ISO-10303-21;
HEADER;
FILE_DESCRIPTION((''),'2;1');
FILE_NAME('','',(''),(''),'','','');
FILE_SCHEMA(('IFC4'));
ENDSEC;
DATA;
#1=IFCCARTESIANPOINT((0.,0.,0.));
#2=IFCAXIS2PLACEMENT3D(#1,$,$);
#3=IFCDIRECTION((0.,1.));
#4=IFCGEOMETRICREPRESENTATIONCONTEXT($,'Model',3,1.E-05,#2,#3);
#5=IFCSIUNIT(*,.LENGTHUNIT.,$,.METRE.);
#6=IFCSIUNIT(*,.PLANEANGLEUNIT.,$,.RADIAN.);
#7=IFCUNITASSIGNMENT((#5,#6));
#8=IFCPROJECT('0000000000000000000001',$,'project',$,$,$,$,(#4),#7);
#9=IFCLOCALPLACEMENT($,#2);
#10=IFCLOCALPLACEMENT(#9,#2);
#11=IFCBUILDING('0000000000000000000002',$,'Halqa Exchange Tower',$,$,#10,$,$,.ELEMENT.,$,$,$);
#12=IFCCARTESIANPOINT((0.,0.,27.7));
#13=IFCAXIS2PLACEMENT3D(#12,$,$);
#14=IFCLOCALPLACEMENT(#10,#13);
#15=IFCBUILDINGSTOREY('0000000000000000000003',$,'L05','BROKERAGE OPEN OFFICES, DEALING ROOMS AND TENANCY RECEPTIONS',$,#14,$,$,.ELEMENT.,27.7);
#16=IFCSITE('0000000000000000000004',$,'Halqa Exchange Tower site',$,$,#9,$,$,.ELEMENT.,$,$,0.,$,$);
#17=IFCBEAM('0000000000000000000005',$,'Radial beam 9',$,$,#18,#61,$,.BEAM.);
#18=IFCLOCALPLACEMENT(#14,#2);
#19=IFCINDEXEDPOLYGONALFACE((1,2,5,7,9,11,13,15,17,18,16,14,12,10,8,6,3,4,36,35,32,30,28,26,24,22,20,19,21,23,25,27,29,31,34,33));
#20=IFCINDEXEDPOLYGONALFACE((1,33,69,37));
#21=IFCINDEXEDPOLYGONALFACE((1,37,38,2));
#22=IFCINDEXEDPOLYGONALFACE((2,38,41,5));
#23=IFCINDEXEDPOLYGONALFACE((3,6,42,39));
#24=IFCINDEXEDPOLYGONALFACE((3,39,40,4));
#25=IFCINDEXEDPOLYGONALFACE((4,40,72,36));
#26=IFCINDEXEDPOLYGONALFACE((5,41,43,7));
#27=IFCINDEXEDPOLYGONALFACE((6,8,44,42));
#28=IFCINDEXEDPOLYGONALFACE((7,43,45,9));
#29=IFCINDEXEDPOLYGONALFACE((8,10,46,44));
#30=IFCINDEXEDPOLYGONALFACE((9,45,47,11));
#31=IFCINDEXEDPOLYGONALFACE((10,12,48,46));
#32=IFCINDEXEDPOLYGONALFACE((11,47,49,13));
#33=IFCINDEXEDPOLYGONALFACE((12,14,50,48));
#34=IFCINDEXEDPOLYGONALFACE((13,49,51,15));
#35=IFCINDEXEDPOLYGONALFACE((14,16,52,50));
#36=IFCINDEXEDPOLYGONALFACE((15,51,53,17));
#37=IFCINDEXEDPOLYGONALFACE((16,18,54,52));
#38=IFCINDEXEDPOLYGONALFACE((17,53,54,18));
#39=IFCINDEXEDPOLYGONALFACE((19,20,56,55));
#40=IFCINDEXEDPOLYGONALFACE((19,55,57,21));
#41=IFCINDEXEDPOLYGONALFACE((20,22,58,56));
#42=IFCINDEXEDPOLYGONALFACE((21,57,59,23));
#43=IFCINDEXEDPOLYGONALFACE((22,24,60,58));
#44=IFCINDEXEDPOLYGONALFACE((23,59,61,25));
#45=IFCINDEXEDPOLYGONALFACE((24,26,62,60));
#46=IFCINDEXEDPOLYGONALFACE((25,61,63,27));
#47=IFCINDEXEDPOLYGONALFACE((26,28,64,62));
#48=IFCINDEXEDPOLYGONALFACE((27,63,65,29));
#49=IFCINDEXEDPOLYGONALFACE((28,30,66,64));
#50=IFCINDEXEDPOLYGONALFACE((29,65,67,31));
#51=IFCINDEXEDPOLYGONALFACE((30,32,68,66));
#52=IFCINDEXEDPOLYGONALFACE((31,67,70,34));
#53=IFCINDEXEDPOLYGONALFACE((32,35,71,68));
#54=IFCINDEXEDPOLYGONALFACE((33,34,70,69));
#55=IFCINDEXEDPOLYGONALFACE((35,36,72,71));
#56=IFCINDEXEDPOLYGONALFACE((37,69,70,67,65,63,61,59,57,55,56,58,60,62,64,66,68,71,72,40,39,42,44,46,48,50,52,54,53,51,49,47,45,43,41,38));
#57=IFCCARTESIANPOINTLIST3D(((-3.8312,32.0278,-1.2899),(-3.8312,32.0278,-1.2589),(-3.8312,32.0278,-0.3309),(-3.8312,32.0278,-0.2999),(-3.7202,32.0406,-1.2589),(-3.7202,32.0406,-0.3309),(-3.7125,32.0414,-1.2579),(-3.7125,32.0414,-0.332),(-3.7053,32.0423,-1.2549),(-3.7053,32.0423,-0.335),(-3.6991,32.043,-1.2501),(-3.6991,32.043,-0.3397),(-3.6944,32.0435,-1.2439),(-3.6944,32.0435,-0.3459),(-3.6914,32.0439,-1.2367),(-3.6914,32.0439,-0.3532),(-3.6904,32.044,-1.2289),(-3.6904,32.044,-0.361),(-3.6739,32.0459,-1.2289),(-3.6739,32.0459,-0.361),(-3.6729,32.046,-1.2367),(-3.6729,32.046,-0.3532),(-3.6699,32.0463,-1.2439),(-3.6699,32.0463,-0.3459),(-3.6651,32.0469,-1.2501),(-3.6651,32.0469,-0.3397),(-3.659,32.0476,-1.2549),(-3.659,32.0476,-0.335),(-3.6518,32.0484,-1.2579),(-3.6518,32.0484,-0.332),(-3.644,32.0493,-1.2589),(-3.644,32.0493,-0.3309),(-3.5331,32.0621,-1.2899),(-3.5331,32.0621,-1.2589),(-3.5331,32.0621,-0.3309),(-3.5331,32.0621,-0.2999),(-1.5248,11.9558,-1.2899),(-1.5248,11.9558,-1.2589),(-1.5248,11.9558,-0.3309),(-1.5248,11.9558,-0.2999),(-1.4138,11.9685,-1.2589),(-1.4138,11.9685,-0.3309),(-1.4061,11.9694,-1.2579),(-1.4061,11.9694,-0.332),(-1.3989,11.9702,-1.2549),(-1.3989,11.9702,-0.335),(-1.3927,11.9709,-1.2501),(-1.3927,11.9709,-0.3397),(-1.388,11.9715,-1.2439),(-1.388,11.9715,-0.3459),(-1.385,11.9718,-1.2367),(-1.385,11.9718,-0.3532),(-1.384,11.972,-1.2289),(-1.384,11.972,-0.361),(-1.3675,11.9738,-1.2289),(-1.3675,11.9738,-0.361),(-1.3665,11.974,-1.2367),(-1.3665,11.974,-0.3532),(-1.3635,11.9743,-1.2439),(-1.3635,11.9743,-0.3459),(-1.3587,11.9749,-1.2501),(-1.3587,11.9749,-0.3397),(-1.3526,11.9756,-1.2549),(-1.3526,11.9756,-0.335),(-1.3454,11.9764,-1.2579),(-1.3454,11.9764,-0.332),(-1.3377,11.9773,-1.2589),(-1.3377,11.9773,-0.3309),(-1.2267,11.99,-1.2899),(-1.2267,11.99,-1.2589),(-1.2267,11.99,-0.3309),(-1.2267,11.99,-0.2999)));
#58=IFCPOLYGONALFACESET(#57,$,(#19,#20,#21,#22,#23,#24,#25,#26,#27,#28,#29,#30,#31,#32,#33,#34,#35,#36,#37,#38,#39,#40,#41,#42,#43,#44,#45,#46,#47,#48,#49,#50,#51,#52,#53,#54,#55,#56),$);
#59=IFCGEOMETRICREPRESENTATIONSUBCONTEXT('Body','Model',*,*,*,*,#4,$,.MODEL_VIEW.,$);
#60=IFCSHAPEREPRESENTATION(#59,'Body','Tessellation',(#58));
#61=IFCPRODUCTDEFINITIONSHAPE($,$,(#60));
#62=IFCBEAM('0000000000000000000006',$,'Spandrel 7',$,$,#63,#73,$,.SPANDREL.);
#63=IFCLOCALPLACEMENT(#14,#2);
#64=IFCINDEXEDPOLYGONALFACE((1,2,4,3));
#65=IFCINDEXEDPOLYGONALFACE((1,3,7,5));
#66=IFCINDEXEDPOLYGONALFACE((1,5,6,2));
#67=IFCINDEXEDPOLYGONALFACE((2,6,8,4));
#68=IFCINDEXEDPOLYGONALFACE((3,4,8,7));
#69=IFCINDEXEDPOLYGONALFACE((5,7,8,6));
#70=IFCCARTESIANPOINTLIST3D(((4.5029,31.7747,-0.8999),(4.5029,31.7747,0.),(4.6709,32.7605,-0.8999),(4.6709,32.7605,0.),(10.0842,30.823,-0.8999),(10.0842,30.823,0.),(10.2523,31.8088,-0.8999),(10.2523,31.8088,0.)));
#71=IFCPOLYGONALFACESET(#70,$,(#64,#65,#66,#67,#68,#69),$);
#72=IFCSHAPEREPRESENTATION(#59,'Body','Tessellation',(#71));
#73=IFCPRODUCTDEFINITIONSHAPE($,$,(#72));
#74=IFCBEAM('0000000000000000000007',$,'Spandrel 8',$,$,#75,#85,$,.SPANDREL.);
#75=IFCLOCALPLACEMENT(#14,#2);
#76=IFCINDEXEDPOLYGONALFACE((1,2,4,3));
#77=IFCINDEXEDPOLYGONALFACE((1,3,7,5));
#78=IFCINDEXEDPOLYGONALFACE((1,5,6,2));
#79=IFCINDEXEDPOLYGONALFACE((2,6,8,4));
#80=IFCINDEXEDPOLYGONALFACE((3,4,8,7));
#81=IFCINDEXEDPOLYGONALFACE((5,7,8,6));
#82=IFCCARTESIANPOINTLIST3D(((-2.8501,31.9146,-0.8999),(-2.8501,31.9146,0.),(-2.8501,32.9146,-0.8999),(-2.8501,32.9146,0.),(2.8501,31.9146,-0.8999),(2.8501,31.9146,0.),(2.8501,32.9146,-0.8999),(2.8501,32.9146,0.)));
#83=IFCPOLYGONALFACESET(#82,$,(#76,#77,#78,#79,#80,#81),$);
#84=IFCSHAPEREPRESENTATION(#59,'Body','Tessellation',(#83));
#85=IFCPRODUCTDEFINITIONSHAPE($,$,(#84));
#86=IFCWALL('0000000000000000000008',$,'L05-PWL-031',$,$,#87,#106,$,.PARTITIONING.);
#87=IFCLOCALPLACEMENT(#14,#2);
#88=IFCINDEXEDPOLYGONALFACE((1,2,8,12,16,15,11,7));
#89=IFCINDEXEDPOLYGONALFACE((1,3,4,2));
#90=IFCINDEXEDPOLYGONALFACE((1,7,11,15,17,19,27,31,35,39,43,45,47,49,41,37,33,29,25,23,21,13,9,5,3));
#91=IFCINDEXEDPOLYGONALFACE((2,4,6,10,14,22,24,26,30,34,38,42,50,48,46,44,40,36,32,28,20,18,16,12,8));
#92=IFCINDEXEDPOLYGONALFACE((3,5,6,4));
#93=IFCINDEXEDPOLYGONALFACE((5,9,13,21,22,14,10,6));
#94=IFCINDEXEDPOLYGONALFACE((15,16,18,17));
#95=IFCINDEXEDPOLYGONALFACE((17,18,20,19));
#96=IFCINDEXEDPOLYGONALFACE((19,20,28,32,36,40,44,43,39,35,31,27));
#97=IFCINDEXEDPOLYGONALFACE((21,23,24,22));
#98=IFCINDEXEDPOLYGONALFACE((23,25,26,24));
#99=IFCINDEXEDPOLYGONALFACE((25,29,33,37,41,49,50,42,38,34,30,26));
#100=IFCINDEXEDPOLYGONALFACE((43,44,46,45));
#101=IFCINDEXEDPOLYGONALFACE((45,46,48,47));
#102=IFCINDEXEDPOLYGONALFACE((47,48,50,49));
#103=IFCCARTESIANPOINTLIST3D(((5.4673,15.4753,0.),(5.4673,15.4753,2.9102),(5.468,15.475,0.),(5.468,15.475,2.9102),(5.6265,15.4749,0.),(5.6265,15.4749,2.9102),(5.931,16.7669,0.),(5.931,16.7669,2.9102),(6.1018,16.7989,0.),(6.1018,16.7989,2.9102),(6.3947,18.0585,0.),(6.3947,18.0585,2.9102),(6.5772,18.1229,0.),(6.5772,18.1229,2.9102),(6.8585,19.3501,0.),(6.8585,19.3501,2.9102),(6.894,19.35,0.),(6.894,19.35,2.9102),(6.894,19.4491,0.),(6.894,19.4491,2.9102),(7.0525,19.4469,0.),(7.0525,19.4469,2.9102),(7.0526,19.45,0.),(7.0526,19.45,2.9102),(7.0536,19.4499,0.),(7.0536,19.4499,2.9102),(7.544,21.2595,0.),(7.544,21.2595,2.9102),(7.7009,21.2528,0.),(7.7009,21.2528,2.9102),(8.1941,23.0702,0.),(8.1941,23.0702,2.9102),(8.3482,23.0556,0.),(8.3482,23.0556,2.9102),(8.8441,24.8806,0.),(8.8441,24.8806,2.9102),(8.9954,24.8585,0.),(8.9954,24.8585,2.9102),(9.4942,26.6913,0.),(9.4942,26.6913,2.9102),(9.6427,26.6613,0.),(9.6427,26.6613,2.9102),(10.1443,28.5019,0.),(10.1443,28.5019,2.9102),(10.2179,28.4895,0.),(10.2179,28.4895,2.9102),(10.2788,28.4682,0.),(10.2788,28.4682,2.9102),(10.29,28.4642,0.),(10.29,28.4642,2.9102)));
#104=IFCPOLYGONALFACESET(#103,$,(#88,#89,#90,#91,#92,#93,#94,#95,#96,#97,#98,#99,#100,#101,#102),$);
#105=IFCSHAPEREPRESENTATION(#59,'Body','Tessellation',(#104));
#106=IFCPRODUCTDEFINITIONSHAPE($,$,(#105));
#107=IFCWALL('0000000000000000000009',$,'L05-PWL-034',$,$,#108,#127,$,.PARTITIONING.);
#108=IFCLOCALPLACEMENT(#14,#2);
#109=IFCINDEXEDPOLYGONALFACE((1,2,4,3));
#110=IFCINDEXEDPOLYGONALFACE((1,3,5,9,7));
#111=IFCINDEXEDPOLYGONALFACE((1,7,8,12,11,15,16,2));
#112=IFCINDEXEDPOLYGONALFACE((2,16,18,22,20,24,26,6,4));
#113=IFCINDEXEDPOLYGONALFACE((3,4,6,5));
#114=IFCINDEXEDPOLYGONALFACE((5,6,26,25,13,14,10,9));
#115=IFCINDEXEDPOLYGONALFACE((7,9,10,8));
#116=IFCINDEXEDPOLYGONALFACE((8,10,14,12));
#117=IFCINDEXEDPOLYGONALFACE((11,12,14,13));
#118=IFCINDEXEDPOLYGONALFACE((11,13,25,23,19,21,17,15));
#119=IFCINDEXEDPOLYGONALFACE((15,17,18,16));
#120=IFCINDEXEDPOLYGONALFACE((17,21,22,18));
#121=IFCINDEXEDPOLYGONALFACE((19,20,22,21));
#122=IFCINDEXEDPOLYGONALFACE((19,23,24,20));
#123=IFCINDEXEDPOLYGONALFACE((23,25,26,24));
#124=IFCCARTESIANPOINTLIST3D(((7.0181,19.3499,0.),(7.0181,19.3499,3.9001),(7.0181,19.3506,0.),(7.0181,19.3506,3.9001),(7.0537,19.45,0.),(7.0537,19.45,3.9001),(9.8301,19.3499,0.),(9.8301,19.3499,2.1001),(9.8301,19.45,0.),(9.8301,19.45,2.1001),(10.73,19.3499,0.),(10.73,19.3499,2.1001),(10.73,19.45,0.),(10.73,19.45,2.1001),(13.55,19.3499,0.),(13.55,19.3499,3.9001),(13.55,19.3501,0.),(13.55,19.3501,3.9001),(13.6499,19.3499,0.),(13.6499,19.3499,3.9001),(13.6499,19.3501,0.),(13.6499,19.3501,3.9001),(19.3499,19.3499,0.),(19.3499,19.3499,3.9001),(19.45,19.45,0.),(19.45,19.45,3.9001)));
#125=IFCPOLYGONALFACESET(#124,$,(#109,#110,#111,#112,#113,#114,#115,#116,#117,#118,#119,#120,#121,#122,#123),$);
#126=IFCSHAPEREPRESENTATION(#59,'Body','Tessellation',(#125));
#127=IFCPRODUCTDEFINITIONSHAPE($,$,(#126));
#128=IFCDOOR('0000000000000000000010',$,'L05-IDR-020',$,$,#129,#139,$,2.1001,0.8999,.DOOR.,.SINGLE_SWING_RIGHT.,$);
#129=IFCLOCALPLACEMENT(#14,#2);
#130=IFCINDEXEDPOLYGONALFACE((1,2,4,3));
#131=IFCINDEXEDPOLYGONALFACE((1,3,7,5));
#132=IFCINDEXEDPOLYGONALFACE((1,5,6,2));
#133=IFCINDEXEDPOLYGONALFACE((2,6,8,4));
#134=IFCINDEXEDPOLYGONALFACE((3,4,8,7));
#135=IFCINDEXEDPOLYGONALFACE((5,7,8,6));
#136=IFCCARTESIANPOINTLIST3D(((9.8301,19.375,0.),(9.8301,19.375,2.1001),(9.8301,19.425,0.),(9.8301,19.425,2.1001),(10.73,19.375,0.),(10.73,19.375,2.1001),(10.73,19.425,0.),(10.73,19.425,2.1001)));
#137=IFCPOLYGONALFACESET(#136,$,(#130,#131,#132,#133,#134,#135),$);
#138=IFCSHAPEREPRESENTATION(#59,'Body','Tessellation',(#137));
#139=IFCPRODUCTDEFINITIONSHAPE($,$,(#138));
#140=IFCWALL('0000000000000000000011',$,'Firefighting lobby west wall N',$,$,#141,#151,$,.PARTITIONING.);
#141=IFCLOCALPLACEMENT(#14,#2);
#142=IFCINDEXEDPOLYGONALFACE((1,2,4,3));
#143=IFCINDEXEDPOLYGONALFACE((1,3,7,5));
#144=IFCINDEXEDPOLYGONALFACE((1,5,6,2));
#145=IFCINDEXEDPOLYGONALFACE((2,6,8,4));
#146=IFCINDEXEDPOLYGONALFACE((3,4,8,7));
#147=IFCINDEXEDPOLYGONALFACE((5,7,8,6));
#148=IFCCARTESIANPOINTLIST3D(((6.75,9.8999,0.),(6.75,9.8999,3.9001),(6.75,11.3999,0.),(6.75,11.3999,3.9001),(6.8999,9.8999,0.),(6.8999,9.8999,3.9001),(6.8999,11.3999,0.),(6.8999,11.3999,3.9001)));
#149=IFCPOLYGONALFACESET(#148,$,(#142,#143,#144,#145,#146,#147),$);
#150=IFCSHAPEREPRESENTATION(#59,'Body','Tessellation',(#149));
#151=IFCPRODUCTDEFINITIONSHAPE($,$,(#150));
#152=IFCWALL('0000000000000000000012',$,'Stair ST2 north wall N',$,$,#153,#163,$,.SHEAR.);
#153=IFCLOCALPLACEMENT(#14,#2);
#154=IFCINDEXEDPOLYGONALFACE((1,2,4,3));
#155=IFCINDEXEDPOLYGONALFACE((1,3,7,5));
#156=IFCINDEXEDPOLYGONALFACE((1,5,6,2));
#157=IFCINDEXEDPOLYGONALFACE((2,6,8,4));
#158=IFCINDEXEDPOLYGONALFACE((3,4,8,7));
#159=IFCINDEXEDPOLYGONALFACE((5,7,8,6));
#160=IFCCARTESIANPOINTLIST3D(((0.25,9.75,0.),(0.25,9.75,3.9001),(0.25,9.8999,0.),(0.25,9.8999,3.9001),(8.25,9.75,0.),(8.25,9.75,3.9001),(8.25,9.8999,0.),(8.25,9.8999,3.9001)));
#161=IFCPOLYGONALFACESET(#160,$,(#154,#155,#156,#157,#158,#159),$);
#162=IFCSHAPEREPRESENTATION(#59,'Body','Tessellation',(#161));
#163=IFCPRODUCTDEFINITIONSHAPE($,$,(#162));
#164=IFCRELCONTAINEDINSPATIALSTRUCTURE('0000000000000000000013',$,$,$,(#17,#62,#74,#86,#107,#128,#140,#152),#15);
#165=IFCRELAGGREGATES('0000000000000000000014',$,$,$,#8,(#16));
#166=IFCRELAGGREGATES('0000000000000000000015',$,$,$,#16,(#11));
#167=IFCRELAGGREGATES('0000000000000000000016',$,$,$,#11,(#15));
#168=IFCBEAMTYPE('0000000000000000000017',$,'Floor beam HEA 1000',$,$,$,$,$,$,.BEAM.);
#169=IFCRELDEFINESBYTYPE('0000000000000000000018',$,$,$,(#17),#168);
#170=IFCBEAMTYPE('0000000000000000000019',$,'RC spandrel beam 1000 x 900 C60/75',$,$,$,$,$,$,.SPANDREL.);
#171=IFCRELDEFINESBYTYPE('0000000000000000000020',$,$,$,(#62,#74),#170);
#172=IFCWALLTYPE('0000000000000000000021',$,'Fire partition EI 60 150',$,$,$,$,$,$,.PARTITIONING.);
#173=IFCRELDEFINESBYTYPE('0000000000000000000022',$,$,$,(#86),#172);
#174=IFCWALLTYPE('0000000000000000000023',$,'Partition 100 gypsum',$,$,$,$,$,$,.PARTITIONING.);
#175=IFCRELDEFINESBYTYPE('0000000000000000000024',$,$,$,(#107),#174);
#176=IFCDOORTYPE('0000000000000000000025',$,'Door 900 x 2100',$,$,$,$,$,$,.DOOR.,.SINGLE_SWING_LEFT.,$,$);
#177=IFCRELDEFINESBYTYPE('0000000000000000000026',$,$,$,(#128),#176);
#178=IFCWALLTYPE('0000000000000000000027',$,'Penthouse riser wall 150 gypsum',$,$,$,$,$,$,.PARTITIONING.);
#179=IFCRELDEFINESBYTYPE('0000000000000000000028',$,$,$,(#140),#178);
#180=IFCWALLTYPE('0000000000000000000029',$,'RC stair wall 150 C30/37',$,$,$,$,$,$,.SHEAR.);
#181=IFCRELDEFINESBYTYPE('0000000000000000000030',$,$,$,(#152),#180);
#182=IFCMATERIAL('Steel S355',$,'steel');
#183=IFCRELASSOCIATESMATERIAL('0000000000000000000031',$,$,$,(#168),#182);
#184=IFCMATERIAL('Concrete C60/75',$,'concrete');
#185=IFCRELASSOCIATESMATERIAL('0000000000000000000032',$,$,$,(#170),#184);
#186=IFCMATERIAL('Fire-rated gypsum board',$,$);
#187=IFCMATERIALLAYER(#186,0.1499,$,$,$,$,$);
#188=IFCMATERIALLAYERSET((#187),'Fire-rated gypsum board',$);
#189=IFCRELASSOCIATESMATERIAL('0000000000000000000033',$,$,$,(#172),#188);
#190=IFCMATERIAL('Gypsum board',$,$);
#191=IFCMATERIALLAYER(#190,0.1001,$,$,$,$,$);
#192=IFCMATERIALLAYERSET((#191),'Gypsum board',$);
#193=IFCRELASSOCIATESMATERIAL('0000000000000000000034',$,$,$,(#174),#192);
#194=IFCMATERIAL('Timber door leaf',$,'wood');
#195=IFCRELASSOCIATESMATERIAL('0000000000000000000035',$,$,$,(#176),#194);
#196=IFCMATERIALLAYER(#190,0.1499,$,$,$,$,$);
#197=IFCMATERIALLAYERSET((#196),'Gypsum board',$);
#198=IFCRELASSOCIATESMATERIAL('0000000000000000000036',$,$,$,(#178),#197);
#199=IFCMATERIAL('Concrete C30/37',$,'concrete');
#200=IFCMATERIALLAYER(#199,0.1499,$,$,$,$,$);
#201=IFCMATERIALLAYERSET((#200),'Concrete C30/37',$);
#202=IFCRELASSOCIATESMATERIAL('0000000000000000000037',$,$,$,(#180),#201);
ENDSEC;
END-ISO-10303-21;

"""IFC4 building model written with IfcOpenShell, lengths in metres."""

from ifc_helpers import new_model, si_unit, direction, frame, frame_2d, origin, origin_2d, place, context, subcontext, project, spatial, polyline, rectangle, i_section, outline, extrude, material, layer, layer_set, material_profile, profile_set, type_object, element, fill, save


model = new_model("IFC4")

# Units and contexts
model_context = context("Model", 3, precision=1e-05, world=origin(), true_north=direction((0.0, 1.0)))
body_context = subcontext(model_context, "Body", "Model", "MODEL_VIEW")
ifc_project = project(units=[si_unit("LENGTHUNIT", "METRE"), si_unit("PLANEANGLEUNIT", "RADIAN")], contexts=[model_context])

# Site, building, storey
site_placement = place(None, origin())
site = spatial("IfcSite", under=ifc_project, at=site_placement, Name="Halqa Exchange Tower site", CompositionType="ELEMENT", RefElevation=0.0)
building_placement = place(site_placement, origin())
building = spatial("IfcBuilding", under=site, at=building_placement, Name="Halqa Exchange Tower", CompositionType="ELEMENT")
storey_placement = place(building_placement, frame((0.0, 0.0, 27.7)))
storey = spatial("IfcBuildingStorey", under=building, at=storey_placement, Name="L05", Description="BROKERAGE OPEN OFFICES, DEALING ROOMS AND TENANCY RECEPTIONS", CompositionType="ELEMENT", Elevation=27.7)

# Beams
ifc_material_1 = material(Name="Steel S355", Category="steel")
ifc_material_profile_1 = material_profile(ifc_material_1, i_section(OverallWidth=0.3, OverallDepth=0.99, WebThickness=0.0166, FlangeThickness=0.031, FilletRadius=0.03, at=origin_2d()), Name="HEA 1000")
ifc_profile_set_1 = profile_set([ifc_material_profile_1], Name="Steel S355")
beam_type_1 = type_object("IfcBeamType", Name="Floor beam HEA 1000", PredefinedType="BEAM", material=ifc_profile_set_1)
for number, where, z_axis, x_axis, name in (
    (1, (-1.3757, 11.9729, -0.7949), (-0.114155, 0.993463, 0.0), (-0.993463, -0.114155, 0.0), "Radial beam 9"),
):
    element("IfcBeam", number, at=place(storey_placement, frame(where, z_axis=z_axis, x_axis=x_axis)), inside=storey, type_object=beam_type_1, Name=name, PredefinedType="BEAM", context=body_context, shape_type="SweptSolid", body=[
        extrude(i_section(OverallWidth=0.3, OverallDepth=0.99, WebThickness=0.0166, FlangeThickness=0.031, FilletRadius=0.03, at=origin_2d()), origin(), (0.0, 0.0, 1.0), 20.2041),
    ])
ifc_material_2 = material(Name="Concrete C60/75", Category="concrete")
ifc_material_profile_2 = material_profile(ifc_material_2, rectangle(XDim=1.0, YDim=0.8999, at=origin_2d()), Name="1000 x 900")
ifc_profile_set_2 = profile_set([ifc_material_profile_2], Name="Concrete C60/75")
beam_type_2 = type_object("IfcBeamType", Name="RC spandrel beam 1000 x 900 C60/75", PredefinedType="SPANDREL", material=ifc_profile_set_2)
beam_1_placement = place(storey_placement, frame((10.1682, 31.3159, -0.45), z_axis=(-0.985773, 0.168083, 0.0), x_axis=(-0.168083, -0.985773, 0.0)))
element("IfcBeam", 2, at=beam_1_placement, inside=storey, type_object=beam_type_2, Name="Spandrel 7", PredefinedType="SPANDREL", context=body_context, shape_type="SweptSolid", body=[
    extrude(rectangle(XDim=1.0, YDim=0.8999, at=origin_2d()), origin(), (0.0, 0.0, 1.0), 5.6619),
])
beam_2_placement = place(storey_placement, frame((2.8501, 32.4146, -0.45), z_axis=(-1.0, 0.0, 0.0), x_axis=(0.0, -1.0, 0.0)))
element("IfcBeam", 3, at=beam_2_placement, inside=storey, type_object=beam_type_2, Name="Spandrel 8", PredefinedType="SPANDREL", context=body_context, shape_type="SweptSolid", body=[
    extrude(rectangle(XDim=1.0, YDim=0.8999, at=origin_2d()), origin(), (0.0, 0.0, 1.0), 5.7002),
])

# Wall
ifc_material_3 = material(Name="Fire-rated gypsum board")
ifc_layer_1 = layer(ifc_material_3, 0.1499)
ifc_layer_set_1 = layer_set([ifc_layer_1], Name="Fire-rated gypsum board")
wall_type_1 = type_object("IfcWallType", Name="Fire partition EI 60 150", PredefinedType="PARTITIONING", material=ifc_layer_set_1)
wall_1_placement = place(storey_placement, frame((5.5378, 15.45, 0.0), z_axis=(0.0, 0.0, 1.0), x_axis=(0.337914, 0.941177, 0.0)))
element("IfcWall", 4, at=wall_1_placement, inside=storey, type_object=wall_type_1, Name="L05-PWL-031", PredefinedType="PARTITIONING", context=body_context, shape_type="SweptSolid", body=[
    extrude(outline(polyline([(0.0535, -0.075), (1.4602, -0.075), (2.8669, -0.075), (4.2737, -0.075), (4.2766, -0.074), (4.2769, -0.075), (6.1924, -0.075), (8.1079, -0.075), (10.0234, -0.075), (11.939, -0.075), (13.8545, -0.075), (13.8545, -0.063), (13.854, 0.0015), (13.8408, 0.075), (11.917, 0.075), (9.9932, 0.075), (8.0696, 0.075), (6.1458, 0.075), (4.2222, 0.075), (4.1289, 0.0415), (4.1169, 0.075), (2.7446, 0.075), (1.3723, 0.075), (0.0, 0.075), (0.0, 0.0742), (0.0535, -0.075)])), origin(), (0.0, 0.0, 1.0), 2.9102),
])

# Wall, opening, door
ifc_material_4 = material(Name="Gypsum board")
ifc_layer_2 = layer(ifc_material_4, 0.1001)
ifc_layer_set_2 = layer_set([ifc_layer_2], Name="Gypsum board")
wall_type_2 = type_object("IfcWallType", Name="Partition 100 gypsum", PredefinedType="PARTITIONING", material=ifc_layer_set_2)
wall_2_placement = place(storey_placement, frame((7.0181, 19.3999, 0.0), z_axis=(0.0, 0.0, 1.0), x_axis=(1.0, 0.0, 0.0)))
wall_2 = element("IfcWall", 5, at=wall_2_placement, inside=storey, type_object=wall_type_2, Name="L05-PWL-034", PredefinedType="PARTITIONING", context=body_context, shape_type="SweptSolid", body=[
    extrude(outline(polyline([(0.0, -0.05), (1.6331, -0.05), (3.2659, -0.05), (4.8989, -0.05), (6.532, -0.05), (6.532, -0.0498), (6.6318, -0.0498), (6.6318, -0.05), (8.532, -0.05), (10.4319, -0.05), (12.3318, -0.05), (12.332, -0.0498), (12.4319, 0.05), (10.6609, 0.05), (8.8901, 0.05), (7.1191, 0.05), (5.3484, 0.05), (3.5774, 0.05), (1.8066, 0.05), (0.0356, 0.05), (0.0, -0.0493), (0.0, -0.05)])), origin(), (0.0, 0.0, 1.0), 3.9001),
])
opening_1_placement = place(wall_2_placement, frame((2.812, 0.0, 0.0)))
opening_1 = element("IfcOpeningElement", 6, at=opening_1_placement, cuts=wall_2, PredefinedType="OPENING", context=body_context, shape_type="SweptSolid", body=[
    extrude(rectangle(XDim=0.8999, YDim=2.1001, at=frame_2d((0.45, 1.05))), frame((0.0, 0.062, 0.0), z_axis=(0.0, -1.0, 0.0), x_axis=(1.0, 0.0, 0.0)), (0.0, 0.0, 1.0), 0.124),
])
ifc_material_5 = material(Name="Timber door leaf", Category="wood")
door_type_1 = type_object("IfcDoorType", Name="Door 900 x 2100", OperationType="SINGLE_SWING_LEFT", PredefinedType="DOOR", material=ifc_material_5)
door_1_placement = place(opening_1_placement, frame((0.8999, 0.0, 0.0), z_axis=(0.0, 0.0, 1.0), x_axis=(-1.0, 0.0, 0.0)))
door_1 = element("IfcDoor", 7, at=door_1_placement, inside=storey, type_object=door_type_1, Name="L05-IDR-020", OperationType="SINGLE_SWING_RIGHT", OverallHeight=2.1001, OverallWidth=0.8999, PredefinedType="DOOR", context=body_context, shape_type="SweptSolid", body=[
    extrude(rectangle(XDim=0.8999, YDim=2.1001, at=frame_2d((0.45, 1.05))), frame((0.0, 0.0249, 0.0), z_axis=(0.0, -1.0, 0.0), x_axis=(1.0, 0.0, 0.0)), (0.0, 0.0, 1.0), 0.05),
])
fill(opening_1, door_1)

# Walls
ifc_layer_3 = layer(ifc_material_4, 0.1499)
ifc_layer_set_3 = layer_set([ifc_layer_3], Name="Gypsum board")
wall_type_3 = type_object("IfcWallType", Name="Penthouse riser wall 150 gypsum", PredefinedType="PARTITIONING", material=ifc_layer_set_3)
wall_3_placement = place(storey_placement, frame((6.825, 9.8999, 0.0), z_axis=(0.0, 0.0, 1.0), x_axis=(0.0, 1.0, 0.0)))
element("IfcWall", 8, at=wall_3_placement, inside=storey, type_object=wall_type_3, Name="Firefighting lobby west wall N", PredefinedType="PARTITIONING", context=body_context, shape_type="SweptSolid", body=[
    extrude(rectangle(XDim=1.5, YDim=0.1499, at=frame_2d((0.75, 0.0))), origin(), (0.0, 0.0, 1.0), 3.9001),
])
ifc_material_6 = material(Name="Concrete C30/37", Category="concrete")
ifc_layer_4 = layer(ifc_material_6, 0.1499)
ifc_layer_set_4 = layer_set([ifc_layer_4], Name="Concrete C30/37")
wall_type_4 = type_object("IfcWallType", Name="RC stair wall 150 C30/37", PredefinedType="SHEAR", material=ifc_layer_set_4)
wall_4_placement = place(storey_placement, frame((0.25, 9.825, 0.0), z_axis=(0.0, 0.0, 1.0), x_axis=(1.0, 0.0, 0.0)))
element("IfcWall", 9, at=wall_4_placement, inside=storey, type_object=wall_type_4, Name="Stair ST2 north wall N", PredefinedType="SHEAR", context=body_context, shape_type="SweptSolid", body=[
    extrude(rectangle(XDim=8.0, YDim=0.1499, at=frame_2d((4.0, 0.0))), origin(), (0.0, 0.0, 1.0), 3.9001),
])

save(model, "model.ifc")
